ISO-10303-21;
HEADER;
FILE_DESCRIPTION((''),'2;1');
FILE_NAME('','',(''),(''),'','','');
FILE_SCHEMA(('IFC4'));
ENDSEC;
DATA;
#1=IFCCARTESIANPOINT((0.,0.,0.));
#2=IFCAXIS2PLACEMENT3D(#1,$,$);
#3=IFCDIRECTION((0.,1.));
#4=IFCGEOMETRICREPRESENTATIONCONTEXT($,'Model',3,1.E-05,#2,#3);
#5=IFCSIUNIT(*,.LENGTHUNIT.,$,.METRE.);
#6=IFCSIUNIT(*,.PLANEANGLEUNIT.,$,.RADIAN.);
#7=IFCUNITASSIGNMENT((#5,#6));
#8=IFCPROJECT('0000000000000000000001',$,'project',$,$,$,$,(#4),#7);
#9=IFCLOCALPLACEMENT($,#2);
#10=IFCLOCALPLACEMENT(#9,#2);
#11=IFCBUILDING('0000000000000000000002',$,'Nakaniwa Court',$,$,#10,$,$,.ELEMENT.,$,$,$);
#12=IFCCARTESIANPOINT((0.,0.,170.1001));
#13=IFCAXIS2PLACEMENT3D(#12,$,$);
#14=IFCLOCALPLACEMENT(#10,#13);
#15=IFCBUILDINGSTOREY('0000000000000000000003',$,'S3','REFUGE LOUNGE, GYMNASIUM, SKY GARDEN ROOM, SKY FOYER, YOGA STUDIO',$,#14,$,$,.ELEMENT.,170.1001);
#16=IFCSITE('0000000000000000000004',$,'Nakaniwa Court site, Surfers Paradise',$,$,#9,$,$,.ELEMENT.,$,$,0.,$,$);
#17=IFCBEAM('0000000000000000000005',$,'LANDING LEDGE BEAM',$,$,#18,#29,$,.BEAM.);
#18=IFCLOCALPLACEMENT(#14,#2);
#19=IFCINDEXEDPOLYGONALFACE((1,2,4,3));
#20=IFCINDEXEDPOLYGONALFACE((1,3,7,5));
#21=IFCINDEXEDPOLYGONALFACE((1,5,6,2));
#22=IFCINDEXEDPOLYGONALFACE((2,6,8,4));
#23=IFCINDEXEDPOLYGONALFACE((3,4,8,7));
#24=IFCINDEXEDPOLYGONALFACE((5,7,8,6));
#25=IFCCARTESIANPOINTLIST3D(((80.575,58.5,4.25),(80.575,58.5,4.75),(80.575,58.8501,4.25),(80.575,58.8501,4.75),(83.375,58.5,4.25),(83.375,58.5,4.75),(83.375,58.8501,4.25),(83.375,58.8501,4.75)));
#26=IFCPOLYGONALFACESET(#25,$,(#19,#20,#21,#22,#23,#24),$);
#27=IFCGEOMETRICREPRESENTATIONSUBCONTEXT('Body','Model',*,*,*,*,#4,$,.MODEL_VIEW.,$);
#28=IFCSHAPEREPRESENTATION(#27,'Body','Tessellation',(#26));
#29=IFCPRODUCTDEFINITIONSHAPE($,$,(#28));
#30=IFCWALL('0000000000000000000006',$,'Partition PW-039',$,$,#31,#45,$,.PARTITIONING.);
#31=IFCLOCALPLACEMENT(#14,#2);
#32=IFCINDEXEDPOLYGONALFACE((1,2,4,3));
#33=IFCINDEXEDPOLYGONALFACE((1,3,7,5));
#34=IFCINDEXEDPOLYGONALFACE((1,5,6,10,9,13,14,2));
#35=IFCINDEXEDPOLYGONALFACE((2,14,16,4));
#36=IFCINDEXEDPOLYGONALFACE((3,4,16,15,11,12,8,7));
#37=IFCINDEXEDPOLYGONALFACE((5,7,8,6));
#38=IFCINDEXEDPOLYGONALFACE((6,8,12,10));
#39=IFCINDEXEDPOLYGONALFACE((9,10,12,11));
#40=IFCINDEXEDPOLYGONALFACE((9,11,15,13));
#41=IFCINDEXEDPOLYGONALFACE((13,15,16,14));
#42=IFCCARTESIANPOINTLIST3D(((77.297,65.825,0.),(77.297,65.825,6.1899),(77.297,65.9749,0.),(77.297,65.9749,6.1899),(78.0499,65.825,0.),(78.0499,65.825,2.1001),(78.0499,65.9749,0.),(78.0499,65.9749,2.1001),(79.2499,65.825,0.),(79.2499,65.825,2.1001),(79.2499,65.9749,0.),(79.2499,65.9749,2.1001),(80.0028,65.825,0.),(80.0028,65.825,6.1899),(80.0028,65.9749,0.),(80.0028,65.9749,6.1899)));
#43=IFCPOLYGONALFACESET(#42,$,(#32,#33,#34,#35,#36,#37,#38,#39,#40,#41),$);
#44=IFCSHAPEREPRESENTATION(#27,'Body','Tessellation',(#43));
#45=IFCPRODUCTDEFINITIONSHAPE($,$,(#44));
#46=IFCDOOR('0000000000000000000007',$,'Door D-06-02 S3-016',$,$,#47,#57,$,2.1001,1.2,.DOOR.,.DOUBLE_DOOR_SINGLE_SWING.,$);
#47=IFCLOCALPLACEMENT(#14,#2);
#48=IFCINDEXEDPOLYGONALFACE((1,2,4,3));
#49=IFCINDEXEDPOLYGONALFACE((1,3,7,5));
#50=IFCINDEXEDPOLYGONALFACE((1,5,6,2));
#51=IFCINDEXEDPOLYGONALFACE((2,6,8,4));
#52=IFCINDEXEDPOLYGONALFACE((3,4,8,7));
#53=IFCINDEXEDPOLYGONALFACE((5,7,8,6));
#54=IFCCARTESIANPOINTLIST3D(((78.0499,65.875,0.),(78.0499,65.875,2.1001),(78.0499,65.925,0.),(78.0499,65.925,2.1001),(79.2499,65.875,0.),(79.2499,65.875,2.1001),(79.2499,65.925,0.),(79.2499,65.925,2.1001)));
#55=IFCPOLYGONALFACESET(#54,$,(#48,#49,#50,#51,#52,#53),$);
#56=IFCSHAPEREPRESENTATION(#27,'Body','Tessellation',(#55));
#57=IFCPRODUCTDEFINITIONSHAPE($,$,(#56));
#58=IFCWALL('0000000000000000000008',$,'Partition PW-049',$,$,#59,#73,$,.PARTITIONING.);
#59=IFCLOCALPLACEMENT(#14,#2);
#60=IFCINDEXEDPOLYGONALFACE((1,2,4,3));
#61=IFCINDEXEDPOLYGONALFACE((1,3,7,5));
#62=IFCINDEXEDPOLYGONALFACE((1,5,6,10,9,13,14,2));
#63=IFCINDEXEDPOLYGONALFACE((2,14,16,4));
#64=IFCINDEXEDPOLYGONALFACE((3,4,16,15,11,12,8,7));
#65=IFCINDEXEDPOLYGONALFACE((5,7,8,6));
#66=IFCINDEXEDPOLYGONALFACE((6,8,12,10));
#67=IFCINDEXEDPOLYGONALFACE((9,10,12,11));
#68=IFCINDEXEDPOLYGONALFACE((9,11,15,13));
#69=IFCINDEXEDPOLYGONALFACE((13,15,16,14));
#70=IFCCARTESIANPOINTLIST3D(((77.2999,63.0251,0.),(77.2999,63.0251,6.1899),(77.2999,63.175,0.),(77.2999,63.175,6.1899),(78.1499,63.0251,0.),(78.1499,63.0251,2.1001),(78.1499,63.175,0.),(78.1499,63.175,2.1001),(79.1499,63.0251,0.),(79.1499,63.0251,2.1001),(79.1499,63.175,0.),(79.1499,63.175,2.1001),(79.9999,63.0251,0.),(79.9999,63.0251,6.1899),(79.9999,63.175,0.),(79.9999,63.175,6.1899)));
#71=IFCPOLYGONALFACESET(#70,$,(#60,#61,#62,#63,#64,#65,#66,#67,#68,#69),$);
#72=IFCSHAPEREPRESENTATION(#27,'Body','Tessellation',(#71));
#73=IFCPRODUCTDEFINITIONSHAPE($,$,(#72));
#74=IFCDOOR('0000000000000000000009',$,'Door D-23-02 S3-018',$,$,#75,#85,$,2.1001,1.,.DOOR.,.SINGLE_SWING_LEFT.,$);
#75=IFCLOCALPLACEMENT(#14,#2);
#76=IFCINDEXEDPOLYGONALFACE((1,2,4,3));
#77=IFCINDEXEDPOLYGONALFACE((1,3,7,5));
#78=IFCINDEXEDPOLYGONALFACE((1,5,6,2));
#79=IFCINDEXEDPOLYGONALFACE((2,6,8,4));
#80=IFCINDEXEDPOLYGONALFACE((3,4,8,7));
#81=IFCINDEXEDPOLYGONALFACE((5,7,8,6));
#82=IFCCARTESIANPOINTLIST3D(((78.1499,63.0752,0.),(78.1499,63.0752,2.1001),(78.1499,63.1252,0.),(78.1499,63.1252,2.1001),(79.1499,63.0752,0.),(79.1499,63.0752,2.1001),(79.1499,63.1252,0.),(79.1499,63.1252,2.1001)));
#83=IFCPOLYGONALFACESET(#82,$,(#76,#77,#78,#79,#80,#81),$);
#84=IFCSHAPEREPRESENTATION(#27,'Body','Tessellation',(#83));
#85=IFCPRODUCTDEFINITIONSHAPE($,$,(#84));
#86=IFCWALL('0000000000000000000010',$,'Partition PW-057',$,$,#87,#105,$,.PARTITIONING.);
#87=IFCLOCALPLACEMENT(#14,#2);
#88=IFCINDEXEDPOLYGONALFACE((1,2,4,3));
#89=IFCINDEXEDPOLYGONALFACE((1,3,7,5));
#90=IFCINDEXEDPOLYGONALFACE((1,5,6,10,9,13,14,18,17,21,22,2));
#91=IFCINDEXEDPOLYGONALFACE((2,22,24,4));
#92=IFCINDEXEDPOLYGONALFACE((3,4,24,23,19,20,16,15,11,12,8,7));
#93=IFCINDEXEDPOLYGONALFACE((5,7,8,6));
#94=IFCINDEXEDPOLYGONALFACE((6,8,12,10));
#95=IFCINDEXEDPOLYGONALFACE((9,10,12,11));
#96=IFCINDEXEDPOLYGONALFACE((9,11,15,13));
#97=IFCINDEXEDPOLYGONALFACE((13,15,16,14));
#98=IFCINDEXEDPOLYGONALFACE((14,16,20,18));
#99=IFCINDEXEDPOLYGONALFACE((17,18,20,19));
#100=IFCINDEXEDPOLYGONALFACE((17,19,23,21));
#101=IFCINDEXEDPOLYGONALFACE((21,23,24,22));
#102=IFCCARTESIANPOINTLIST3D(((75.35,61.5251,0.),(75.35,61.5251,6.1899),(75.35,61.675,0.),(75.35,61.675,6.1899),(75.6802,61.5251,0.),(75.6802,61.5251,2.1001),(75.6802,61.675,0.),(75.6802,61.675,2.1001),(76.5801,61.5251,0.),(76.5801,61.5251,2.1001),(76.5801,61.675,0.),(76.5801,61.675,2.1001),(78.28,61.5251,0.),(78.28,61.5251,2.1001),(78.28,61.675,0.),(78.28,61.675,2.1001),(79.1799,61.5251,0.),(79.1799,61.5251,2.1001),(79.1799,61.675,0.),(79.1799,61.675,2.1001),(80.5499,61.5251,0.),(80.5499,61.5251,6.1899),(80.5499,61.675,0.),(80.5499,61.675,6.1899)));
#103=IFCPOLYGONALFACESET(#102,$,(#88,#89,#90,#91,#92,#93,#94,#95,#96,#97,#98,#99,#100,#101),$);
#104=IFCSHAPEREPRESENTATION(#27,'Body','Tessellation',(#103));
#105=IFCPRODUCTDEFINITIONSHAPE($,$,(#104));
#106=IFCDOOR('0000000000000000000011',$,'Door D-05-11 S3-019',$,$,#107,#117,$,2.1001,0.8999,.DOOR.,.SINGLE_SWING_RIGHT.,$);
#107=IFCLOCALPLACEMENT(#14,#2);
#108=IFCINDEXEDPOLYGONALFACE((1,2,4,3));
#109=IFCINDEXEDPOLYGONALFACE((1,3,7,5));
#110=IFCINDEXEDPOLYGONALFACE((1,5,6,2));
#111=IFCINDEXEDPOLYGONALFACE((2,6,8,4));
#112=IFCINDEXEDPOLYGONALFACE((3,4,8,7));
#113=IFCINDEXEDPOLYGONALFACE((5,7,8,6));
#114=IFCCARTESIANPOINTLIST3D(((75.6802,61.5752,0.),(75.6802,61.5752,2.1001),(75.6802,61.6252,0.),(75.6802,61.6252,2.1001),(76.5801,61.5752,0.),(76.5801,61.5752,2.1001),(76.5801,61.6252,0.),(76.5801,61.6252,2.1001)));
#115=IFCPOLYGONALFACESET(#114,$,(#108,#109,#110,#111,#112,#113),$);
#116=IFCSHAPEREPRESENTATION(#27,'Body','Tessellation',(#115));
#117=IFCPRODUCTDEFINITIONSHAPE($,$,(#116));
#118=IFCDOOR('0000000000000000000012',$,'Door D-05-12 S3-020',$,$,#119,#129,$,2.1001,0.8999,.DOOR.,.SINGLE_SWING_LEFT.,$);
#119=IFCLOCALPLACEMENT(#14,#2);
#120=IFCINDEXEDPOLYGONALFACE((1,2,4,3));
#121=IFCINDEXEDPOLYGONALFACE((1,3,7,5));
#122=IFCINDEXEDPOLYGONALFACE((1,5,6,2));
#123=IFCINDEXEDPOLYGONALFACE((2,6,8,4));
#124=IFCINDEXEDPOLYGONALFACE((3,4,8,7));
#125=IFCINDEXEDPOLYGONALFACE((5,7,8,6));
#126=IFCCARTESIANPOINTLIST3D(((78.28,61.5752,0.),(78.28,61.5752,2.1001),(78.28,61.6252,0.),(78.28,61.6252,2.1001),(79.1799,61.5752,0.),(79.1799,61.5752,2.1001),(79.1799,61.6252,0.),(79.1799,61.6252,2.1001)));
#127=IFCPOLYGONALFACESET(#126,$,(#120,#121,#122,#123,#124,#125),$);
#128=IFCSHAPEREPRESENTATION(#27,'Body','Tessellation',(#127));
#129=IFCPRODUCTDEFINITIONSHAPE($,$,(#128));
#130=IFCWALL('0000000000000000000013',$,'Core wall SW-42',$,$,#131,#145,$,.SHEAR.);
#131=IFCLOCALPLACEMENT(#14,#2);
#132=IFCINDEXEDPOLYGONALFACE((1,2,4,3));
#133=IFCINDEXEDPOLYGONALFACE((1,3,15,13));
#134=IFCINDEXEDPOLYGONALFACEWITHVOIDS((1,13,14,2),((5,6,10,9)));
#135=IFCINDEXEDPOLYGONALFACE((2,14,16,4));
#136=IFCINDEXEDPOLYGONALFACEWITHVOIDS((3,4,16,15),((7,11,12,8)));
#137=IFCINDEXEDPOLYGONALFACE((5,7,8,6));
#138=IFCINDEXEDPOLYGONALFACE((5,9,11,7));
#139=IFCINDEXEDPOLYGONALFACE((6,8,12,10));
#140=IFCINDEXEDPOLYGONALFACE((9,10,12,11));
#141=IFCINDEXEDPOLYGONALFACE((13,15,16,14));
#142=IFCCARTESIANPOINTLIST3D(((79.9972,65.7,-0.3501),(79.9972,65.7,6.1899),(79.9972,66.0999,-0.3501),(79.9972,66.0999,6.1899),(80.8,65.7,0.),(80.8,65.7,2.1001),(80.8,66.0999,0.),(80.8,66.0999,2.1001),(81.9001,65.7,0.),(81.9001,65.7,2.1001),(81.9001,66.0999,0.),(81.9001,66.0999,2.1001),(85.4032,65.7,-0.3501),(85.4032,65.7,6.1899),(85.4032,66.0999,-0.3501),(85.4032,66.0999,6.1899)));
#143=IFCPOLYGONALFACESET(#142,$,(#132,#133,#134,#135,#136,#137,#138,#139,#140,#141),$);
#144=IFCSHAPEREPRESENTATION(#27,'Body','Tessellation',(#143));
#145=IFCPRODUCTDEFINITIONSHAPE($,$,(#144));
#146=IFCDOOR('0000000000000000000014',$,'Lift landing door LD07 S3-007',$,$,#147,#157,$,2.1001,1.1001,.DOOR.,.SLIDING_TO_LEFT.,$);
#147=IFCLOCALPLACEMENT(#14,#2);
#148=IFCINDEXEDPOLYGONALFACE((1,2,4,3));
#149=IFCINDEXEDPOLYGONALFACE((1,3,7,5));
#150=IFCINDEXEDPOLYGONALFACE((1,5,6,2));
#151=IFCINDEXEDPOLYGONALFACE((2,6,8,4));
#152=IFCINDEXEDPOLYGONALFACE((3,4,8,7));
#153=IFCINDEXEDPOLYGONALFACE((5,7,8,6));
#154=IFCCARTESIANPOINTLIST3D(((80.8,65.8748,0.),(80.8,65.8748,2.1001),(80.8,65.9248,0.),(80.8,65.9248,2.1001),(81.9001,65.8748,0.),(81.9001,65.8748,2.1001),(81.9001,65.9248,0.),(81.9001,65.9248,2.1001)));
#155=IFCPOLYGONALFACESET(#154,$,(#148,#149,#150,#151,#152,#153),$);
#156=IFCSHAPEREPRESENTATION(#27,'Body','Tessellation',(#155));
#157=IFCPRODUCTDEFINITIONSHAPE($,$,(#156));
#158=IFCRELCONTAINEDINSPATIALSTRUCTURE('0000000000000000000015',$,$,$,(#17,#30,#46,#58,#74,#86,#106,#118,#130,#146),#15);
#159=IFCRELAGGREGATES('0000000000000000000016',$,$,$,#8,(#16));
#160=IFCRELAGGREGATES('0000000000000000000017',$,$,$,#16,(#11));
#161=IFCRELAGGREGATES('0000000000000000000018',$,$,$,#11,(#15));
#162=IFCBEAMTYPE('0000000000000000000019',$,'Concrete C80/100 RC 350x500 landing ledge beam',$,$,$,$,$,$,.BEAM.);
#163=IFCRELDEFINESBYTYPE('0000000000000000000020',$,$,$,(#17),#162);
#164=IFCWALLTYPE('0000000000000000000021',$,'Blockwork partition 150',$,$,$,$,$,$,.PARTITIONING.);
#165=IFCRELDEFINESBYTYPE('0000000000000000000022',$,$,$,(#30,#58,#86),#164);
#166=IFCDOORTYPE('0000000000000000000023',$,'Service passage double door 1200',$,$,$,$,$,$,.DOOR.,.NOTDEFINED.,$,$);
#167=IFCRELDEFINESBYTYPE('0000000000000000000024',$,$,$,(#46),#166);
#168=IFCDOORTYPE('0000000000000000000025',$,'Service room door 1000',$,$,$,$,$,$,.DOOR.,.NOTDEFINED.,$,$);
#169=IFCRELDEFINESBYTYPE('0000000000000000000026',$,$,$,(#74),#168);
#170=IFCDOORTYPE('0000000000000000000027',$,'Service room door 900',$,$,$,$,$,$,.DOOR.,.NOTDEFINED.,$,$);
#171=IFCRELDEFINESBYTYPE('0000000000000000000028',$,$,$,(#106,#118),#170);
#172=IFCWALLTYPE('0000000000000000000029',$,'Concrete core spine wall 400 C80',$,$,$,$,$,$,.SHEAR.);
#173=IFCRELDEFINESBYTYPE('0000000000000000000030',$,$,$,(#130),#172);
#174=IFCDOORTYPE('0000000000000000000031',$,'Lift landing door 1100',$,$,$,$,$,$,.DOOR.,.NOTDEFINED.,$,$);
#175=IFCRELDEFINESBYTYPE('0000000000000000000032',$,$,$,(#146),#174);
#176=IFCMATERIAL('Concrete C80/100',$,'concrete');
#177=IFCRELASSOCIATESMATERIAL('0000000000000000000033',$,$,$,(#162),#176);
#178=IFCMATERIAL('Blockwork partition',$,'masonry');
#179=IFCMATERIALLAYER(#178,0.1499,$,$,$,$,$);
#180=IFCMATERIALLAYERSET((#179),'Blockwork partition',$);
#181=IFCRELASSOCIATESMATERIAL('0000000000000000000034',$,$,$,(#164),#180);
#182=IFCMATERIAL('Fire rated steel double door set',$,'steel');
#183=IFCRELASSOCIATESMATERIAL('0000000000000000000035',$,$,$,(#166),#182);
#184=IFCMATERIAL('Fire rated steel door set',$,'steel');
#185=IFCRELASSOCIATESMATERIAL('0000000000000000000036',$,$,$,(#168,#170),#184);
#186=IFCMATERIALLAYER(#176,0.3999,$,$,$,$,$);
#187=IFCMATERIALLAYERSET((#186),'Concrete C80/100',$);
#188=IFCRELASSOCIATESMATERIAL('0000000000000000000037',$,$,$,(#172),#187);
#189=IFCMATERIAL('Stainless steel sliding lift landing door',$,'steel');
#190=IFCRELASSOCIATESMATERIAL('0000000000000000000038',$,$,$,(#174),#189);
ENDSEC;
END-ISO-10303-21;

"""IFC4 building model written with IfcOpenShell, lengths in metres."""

from ifc_helpers import new_model, si_unit, direction, frame, frame_2d, origin, origin_2d, place, context, subcontext, project, spatial, rectangle, extrude, material, layer, layer_set, material_profile, profile_set, type_object, element, fill, save


model = new_model("IFC4")

# Units and contexts
model_context = context("Model", 3, precision=1e-05, world=origin(), true_north=direction((0.0, 1.0)))
body_context = subcontext(model_context, "Body", "Model", "MODEL_VIEW")
ifc_project = project(units=[si_unit("LENGTHUNIT", "METRE"), si_unit("PLANEANGLEUNIT", "RADIAN")], contexts=[model_context])

# Site, building, storey
site_placement = place(None, origin())
site = spatial("IfcSite", under=ifc_project, at=site_placement, Name="Nakaniwa Court site, Surfers Paradise", CompositionType="ELEMENT", RefElevation=0.0)
building_placement = place(site_placement, origin())
building = spatial("IfcBuilding", under=site, at=building_placement, Name="Nakaniwa Court", CompositionType="ELEMENT")
storey_placement = place(building_placement, frame((0.0, 0.0, 170.1001)))
storey = spatial("IfcBuildingStorey", under=building, at=storey_placement, Name="S3", Description="REFUGE LOUNGE, GYMNASIUM, SKY GARDEN ROOM, SKY FOYER, YOGA STUDIO", CompositionType="ELEMENT", Elevation=170.1001)

# Beam
ifc_material_1 = material(Name="Concrete C80/100", Category="concrete")
ifc_material_profile = material_profile(ifc_material_1, rectangle(XDim=0.3501, YDim=0.5, at=origin_2d()), Name="Concrete C80/100 RC 350x500 landing ledge beam")
ifc_profile_set = profile_set([ifc_material_profile], Name="Concrete C80/100")
beam_type = type_object("IfcBeamType", Name="Concrete C80/100 RC 350x500 landing ledge beam", PredefinedType="BEAM", material=ifc_profile_set)
beam_placement = place(storey_placement, frame((80.575, 58.675, 4.5), z_axis=(1.0, 0.0, 0.0), x_axis=(0.0, 1.0, 0.0)))
element("IfcBeam", 1, at=beam_placement, inside=storey, type_object=beam_type, Name="LANDING LEDGE BEAM", PredefinedType="BEAM", context=body_context, shape_type="SweptSolid", body=[
    extrude(rectangle(XDim=0.3501, YDim=0.5, at=origin_2d()), origin(), (0.0, 0.0, 1.0), 2.8),
])

# Walls, openings, doors
ifc_material_2 = material(Name="Blockwork partition", Category="masonry")
ifc_layer_1 = layer(ifc_material_2, 0.1499)
ifc_layer_set_1 = layer_set([ifc_layer_1], Name="Blockwork partition")
wall_type_1 = type_object("IfcWallType", Name="Blockwork partition 150", PredefinedType="PARTITIONING", material=ifc_layer_set_1)
wall_1_placement = place(storey_placement, frame((80.0029, 65.8999, 0.0), z_axis=(0.0, 0.0, 1.0), x_axis=(-1.0, 0.0, 0.0)))
wall_1 = element("IfcWall", 2, at=wall_1_placement, inside=storey, type_object=wall_type_1, Name="Partition PW-039", PredefinedType="PARTITIONING", context=body_context, shape_type="SweptSolid", body=[
    extrude(rectangle(XDim=2.7058, YDim=0.1499, at=frame_2d((1.353, 0.0))), origin(), (0.0, 0.0, 1.0), 6.1899),
])
opening_1_placement = place(wall_1_placement, frame((0.7529, 0.0, 0.0)))
opening_1 = element("IfcOpeningElement", 3, at=opening_1_placement, cuts=wall_1, PredefinedType="OPENING", context=body_context, shape_type="SweptSolid", body=[
    extrude(rectangle(XDim=1.2, YDim=2.1001, at=frame_2d((0.6001, 1.05))), frame((0.0, 0.085, 0.0), z_axis=(0.0, -1.0, 0.0), x_axis=(1.0, 0.0, 0.0)), (0.0, 0.0, 1.0), 0.1699),
])
ifc_material_3 = material(Name="Fire rated steel double door set", Category="steel")
door_type_1 = type_object("IfcDoorType", Name="Service passage double door 1200", OperationType="NOTDEFINED", PredefinedType="DOOR", material=ifc_material_3)
door_1_placement = place(opening_1_placement, origin())
door_1 = element("IfcDoor", 4, at=door_1_placement, inside=storey, type_object=door_type_1, Name="Door D-06-02 S3-016", OperationType="DOUBLE_DOOR_SINGLE_SWING", OverallHeight=2.1001, OverallWidth=1.2, PredefinedType="DOOR", context=body_context, shape_type="SweptSolid", body=[
    extrude(rectangle(XDim=1.2, YDim=2.1001, at=frame_2d((0.6001, 1.05))), frame((0.0, 0.0249, 0.0), z_axis=(0.0, -1.0, 0.0), x_axis=(1.0, 0.0, 0.0)), (0.0, 0.0, 1.0), 0.05),
])
fill(opening_1, door_1)
wall_2_placement = place(storey_placement, frame((80.0, 63.1001, 0.0), z_axis=(0.0, 0.0, 1.0), x_axis=(-1.0, 0.0, 0.0)))
wall_2 = element("IfcWall", 5, at=wall_2_placement, inside=storey, type_object=wall_type_1, Name="Partition PW-049", PredefinedType="PARTITIONING", context=body_context, shape_type="SweptSolid", body=[
    extrude(rectangle(XDim=2.7, YDim=0.1499, at=frame_2d((1.3501, 0.0))), origin(), (0.0, 0.0, 1.0), 6.1899),
])
opening_2_placement = place(wall_2_placement, frame((0.8501, 0.0, 0.0)))
opening_2 = element("IfcOpeningElement", 6, at=opening_2_placement, cuts=wall_2, PredefinedType="OPENING", context=body_context, shape_type="SweptSolid", body=[
    extrude(rectangle(XDim=1.0, YDim=2.1001, at=frame_2d((0.5, 1.05))), frame((0.0, 0.085, 0.0), z_axis=(0.0, -1.0, 0.0), x_axis=(1.0, 0.0, 0.0)), (0.0, 0.0, 1.0), 0.1699),
])
ifc_material_4 = material(Name="Fire rated steel door set", Category="steel")
door_type_2 = type_object("IfcDoorType", Name="Service room door 1000", OperationType="NOTDEFINED", PredefinedType="DOOR", material=ifc_material_4)
door_2_placement = place(opening_2_placement, origin())
door_2 = element("IfcDoor", 7, at=door_2_placement, inside=storey, type_object=door_type_2, Name="Door D-23-02 S3-018", OperationType="SINGLE_SWING_LEFT", OverallHeight=2.1001, OverallWidth=1.0, PredefinedType="DOOR", context=body_context, shape_type="SweptSolid", body=[
    extrude(rectangle(XDim=1.0, YDim=2.1001, at=frame_2d((0.5, 1.05))), frame((0.0, 0.0249, 0.0), z_axis=(0.0, -1.0, 0.0), x_axis=(1.0, 0.0, 0.0)), (0.0, 0.0, 1.0), 0.05),
])
fill(opening_2, door_2)

# Wall, openings, doors
wall_3_placement = place(storey_placement, frame((80.55, 61.6001, 0.0), z_axis=(0.0, 0.0, 1.0), x_axis=(-1.0, 0.0, 0.0)))
wall_3 = element("IfcWall", 8, at=wall_3_placement, inside=storey, type_object=wall_type_1, Name="Partition PW-057", PredefinedType="PARTITIONING", context=body_context, shape_type="SweptSolid", body=[
    extrude(rectangle(XDim=5.2, YDim=0.1499, at=frame_2d((2.6001, 0.0))), origin(), (0.0, 0.0, 1.0), 6.1899),
])
opening_3_placement = place(wall_3_placement, frame((3.97, 0.0, 0.0)))
opening_3 = element("IfcOpeningElement", 9, at=opening_3_placement, cuts=wall_3, PredefinedType="OPENING", context=body_context, shape_type="SweptSolid", body=[
    extrude(rectangle(XDim=0.8999, YDim=2.1001, at=frame_2d((0.45, 1.05))), frame((0.0, 0.085, 0.0), z_axis=(0.0, -1.0, 0.0), x_axis=(1.0, 0.0, 0.0)), (0.0, 0.0, 1.0), 0.1699),
])
opening_4_placement = place(wall_3_placement, frame((1.3701, 0.0, 0.0)))
opening_4 = element("IfcOpeningElement", 10, at=opening_4_placement, cuts=wall_3, PredefinedType="OPENING", context=body_context, shape_type="SweptSolid", body=[
    extrude(rectangle(XDim=0.8999, YDim=2.1001, at=frame_2d((0.45, 1.05))), frame((0.0, 0.085, 0.0), z_axis=(0.0, -1.0, 0.0), x_axis=(1.0, 0.0, 0.0)), (0.0, 0.0, 1.0), 0.1699),
])
door_type_3 = type_object("IfcDoorType", Name="Service room door 900", OperationType="NOTDEFINED", PredefinedType="DOOR", material=ifc_material_4)
door_3_placement = place(opening_3_placement, origin())
door_3 = element("IfcDoor", 11, at=door_3_placement, inside=storey, type_object=door_type_3, Name="Door D-05-11 S3-019", OperationType="SINGLE_SWING_RIGHT", OverallHeight=2.1001, OverallWidth=0.8999, PredefinedType="DOOR", context=body_context, shape_type="SweptSolid", body=[
    extrude(rectangle(XDim=0.8999, YDim=2.1001, at=frame_2d((0.45, 1.05))), frame((0.0, 0.0249, 0.0), z_axis=(0.0, -1.0, 0.0), x_axis=(1.0, 0.0, 0.0)), (0.0, 0.0, 1.0), 0.05),
])
fill(opening_3, door_3)
door_4_placement = place(opening_4_placement, origin())
door_4 = element("IfcDoor", 12, at=door_4_placement, inside=storey, type_object=door_type_3, Name="Door D-05-12 S3-020", OperationType="SINGLE_SWING_LEFT", OverallHeight=2.1001, OverallWidth=0.8999, PredefinedType="DOOR", context=body_context, shape_type="SweptSolid", body=[
    extrude(rectangle(XDim=0.8999, YDim=2.1001, at=frame_2d((0.45, 1.05))), frame((0.0, 0.0249, 0.0), z_axis=(0.0, -1.0, 0.0), x_axis=(1.0, 0.0, 0.0)), (0.0, 0.0, 1.0), 0.05),
])
fill(opening_4, door_4)

# Wall, opening, door
ifc_layer_2 = layer(ifc_material_1, 0.3999)
ifc_layer_set_2 = layer_set([ifc_layer_2], Name="Concrete C80/100")
wall_type_2 = type_object("IfcWallType", Name="Concrete core spine wall 400 C80", PredefinedType="SHEAR", material=ifc_layer_set_2)
wall_4_placement = place(storey_placement, frame((79.9971, 65.8999, -0.3501), z_axis=(0.0, 0.0, 1.0), x_axis=(1.0, 0.0, 0.0)))
wall_4 = element("IfcWall", 13, at=wall_4_placement, inside=storey, type_object=wall_type_2, Name="Core wall SW-42", PredefinedType="SHEAR", context=body_context, shape_type="SweptSolid", body=[
    extrude(rectangle(XDim=5.406, YDim=0.3999, at=frame_2d((2.7031, 0.0))), origin(), (0.0, 0.0, 1.0), 6.54),
])
opening_5_placement = place(wall_4_placement, frame((0.803, 0.0, 0.3501)))
opening_5 = element("IfcOpeningElement", 14, at=opening_5_placement, cuts=wall_4, PredefinedType="OPENING", context=body_context, shape_type="SweptSolid", body=[
    extrude(rectangle(XDim=1.1001, YDim=2.1001, at=frame_2d((0.55, 1.05))), frame((0.0, 0.21, 0.0), z_axis=(0.0, -1.0, 0.0), x_axis=(1.0, 0.0, 0.0)), (0.0, 0.0, 1.0), 0.4199),
])
ifc_material_5 = material(Name="Stainless steel sliding lift landing door", Category="steel")
door_type_4 = type_object("IfcDoorType", Name="Lift landing door 1100", OperationType="NOTDEFINED", PredefinedType="DOOR", material=ifc_material_5)
door_5_placement = place(opening_5_placement, origin())
door_5 = element("IfcDoor", 15, at=door_5_placement, inside=storey, type_object=door_type_4, Name="Lift landing door LD07 S3-007", OperationType="SLIDING_TO_LEFT", OverallHeight=2.1001, OverallWidth=1.1001, PredefinedType="DOOR", context=body_context, shape_type="SweptSolid", body=[
    extrude(rectangle(XDim=1.1001, YDim=2.1001, at=frame_2d((0.55, 1.05))), frame((0.0, 0.0249, 0.0), z_axis=(0.0, -1.0, 0.0), x_axis=(1.0, 0.0, 0.0)), (0.0, 0.0, 1.0), 0.05),
])
fill(opening_5, door_5)

save(model, "model.ifc")
